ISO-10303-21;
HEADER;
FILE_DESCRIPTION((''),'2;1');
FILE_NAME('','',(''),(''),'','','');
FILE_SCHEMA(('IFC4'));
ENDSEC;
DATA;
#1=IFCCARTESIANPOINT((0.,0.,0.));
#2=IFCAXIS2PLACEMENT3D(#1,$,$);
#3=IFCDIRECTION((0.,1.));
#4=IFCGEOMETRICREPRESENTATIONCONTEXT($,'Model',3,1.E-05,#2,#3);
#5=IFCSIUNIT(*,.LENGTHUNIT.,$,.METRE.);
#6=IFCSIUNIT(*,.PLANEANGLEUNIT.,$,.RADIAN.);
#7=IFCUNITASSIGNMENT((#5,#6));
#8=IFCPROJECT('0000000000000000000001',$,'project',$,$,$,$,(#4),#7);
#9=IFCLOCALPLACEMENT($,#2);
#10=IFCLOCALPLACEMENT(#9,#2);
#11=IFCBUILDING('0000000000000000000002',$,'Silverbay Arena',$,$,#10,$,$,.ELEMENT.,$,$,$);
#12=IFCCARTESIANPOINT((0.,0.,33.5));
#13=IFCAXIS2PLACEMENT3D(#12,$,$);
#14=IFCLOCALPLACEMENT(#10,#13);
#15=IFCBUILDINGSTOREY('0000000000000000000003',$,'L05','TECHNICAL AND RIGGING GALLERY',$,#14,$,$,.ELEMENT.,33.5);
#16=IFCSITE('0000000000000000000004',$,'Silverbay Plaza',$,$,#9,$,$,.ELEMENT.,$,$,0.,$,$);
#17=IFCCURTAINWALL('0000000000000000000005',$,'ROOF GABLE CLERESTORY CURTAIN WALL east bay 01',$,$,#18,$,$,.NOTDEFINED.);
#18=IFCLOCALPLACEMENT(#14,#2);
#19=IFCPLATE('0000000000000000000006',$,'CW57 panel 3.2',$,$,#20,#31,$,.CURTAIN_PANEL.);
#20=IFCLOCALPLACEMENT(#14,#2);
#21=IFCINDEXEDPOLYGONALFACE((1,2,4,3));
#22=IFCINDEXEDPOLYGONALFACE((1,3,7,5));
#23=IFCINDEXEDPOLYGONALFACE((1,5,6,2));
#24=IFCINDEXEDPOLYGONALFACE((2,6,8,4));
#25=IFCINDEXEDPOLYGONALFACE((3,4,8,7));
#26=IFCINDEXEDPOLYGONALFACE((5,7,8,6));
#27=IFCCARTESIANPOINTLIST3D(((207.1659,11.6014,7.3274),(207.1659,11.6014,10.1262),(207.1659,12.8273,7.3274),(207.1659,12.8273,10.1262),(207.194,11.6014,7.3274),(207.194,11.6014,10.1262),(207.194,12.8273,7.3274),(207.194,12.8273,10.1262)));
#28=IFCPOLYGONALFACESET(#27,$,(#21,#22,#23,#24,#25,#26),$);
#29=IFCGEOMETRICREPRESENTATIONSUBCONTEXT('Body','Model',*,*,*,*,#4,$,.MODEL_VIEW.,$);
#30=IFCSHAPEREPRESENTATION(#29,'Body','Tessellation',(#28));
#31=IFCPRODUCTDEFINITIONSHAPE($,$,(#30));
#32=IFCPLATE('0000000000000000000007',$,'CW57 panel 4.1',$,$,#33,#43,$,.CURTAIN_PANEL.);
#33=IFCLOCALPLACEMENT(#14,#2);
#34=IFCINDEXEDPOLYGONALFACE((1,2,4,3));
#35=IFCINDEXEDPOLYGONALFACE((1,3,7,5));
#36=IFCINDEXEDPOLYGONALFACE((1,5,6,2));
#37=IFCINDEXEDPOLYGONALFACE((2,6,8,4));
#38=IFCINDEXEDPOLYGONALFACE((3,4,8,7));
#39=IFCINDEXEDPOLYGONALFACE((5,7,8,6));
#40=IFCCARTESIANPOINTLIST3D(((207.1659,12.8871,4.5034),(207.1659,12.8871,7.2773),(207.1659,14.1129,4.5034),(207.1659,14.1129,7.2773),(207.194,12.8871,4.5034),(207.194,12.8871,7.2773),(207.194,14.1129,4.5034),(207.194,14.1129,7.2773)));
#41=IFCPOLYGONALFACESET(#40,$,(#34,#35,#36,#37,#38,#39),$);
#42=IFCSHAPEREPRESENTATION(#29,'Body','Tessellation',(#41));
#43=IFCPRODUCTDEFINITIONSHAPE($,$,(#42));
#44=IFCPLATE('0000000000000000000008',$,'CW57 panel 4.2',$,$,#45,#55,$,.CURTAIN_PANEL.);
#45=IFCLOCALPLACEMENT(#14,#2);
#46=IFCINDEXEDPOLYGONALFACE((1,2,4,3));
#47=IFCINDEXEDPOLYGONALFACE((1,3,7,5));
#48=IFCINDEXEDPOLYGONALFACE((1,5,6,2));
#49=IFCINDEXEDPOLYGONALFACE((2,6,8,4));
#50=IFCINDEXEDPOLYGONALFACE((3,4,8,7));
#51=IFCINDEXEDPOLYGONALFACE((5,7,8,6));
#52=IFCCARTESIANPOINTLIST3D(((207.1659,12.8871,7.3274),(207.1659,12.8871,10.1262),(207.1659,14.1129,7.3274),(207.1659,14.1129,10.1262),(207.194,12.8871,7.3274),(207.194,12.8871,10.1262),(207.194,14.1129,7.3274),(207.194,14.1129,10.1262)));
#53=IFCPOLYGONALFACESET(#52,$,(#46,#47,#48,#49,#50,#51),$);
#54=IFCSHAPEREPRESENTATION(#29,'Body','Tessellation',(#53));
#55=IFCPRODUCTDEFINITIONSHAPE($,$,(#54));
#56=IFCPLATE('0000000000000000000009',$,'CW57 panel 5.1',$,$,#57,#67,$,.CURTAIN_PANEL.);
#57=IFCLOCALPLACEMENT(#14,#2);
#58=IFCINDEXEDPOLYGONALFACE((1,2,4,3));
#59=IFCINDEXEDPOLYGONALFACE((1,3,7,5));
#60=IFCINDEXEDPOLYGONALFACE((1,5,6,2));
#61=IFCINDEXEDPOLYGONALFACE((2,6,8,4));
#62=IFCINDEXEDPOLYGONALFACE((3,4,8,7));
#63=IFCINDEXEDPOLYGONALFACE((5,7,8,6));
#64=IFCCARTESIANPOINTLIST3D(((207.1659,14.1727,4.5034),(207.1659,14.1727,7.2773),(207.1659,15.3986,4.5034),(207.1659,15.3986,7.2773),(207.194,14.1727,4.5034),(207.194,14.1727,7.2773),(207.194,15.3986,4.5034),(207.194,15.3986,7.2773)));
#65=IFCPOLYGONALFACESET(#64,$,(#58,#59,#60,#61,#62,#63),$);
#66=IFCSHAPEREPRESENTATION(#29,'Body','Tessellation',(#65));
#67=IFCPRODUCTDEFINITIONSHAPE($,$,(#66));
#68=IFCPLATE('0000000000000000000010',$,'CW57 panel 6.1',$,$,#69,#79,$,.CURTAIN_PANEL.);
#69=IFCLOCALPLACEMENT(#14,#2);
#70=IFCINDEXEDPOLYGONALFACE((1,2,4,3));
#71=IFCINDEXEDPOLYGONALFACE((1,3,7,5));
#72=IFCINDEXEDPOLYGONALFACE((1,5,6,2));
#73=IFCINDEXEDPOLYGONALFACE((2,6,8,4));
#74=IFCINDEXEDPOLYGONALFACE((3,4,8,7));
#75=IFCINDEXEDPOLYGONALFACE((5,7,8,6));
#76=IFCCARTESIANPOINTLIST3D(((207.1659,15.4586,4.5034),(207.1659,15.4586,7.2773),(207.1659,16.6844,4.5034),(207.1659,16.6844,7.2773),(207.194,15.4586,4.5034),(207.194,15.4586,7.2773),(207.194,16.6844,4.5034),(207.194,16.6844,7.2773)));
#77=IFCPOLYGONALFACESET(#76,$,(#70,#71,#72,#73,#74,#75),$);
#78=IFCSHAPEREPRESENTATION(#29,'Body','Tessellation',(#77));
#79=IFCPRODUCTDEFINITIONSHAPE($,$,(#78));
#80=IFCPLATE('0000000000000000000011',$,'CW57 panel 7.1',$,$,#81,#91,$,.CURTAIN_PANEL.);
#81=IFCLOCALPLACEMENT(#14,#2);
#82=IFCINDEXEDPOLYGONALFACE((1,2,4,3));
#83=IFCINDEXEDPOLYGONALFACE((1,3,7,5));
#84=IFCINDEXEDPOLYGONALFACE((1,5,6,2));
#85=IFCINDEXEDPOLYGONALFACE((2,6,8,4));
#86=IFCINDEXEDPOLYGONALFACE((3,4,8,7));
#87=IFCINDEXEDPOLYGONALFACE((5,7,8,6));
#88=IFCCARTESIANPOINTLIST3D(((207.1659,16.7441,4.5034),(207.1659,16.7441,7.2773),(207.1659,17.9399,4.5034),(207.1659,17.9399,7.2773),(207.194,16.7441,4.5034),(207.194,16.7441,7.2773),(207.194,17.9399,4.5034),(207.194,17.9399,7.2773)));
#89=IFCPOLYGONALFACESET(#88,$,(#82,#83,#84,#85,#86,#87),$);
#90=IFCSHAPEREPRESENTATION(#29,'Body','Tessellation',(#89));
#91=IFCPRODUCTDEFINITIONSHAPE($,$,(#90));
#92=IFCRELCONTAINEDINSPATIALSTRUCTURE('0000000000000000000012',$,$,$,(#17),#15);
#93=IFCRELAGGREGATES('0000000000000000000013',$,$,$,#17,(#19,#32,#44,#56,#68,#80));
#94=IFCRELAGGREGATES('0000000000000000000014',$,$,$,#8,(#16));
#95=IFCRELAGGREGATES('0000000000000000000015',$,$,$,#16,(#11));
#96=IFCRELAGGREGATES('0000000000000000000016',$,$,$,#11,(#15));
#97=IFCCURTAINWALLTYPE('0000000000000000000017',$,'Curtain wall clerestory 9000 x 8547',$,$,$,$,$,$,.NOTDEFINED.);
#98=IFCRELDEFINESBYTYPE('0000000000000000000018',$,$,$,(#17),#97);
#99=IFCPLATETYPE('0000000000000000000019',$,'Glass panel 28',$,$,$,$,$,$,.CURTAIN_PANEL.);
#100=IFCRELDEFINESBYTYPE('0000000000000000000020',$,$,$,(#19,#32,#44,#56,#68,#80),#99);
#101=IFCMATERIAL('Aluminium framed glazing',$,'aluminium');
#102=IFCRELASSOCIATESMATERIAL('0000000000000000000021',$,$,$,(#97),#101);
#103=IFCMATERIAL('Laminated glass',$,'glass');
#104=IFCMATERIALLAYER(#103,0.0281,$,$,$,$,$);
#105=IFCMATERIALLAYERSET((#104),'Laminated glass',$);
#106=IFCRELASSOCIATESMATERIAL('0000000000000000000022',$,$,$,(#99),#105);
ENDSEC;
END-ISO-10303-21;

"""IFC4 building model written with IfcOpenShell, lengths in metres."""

from ifc_helpers import new_model, si_unit, direction, frame, origin, origin_2d, place, context, subcontext, project, spatial, rectangle, extrude, material, layer, layer_set, type_object, element, aggregate, save


model = new_model("IFC4")

# Units and contexts
model_context = context("Model", 3, precision=1e-05, world=origin(), true_north=direction((0.0, 1.0)))
body_context = subcontext(model_context, "Body", "Model", "MODEL_VIEW")
ifc_project = project(units=[si_unit("LENGTHUNIT", "METRE"), si_unit("PLANEANGLEUNIT", "RADIAN")], contexts=[model_context])

# Site, building, storey
site_placement = place(None, origin())
site = spatial("IfcSite", under=ifc_project, at=site_placement, Name="Silverbay Plaza", CompositionType="ELEMENT", RefElevation=0.0)
building_placement = place(site_placement, origin())
building = spatial("IfcBuilding", under=site, at=building_placement, Name="Silverbay Arena", CompositionType="ELEMENT")
storey_placement = place(building_placement, frame((0.0, 0.0, 33.5)))
storey = spatial("IfcBuildingStorey", under=building, at=storey_placement, Name="L05", Description="TECHNICAL AND RIGGING GALLERY", CompositionType="ELEMENT", Elevation=33.5)

# Curtain wall
ifc_material_1 = material(Name="Aluminium framed glazing", Category="aluminium")
curtain_wall_type = type_object("IfcCurtainWallType", Name="Curtain wall clerestory 9000 x 8547", PredefinedType="NOTDEFINED", material=ifc_material_1)
curtain_wall_placement = place(storey_placement, origin())
curtain_wall = element("IfcCurtainWall", 1, at=curtain_wall_placement, inside=storey, type_object=curtain_wall_type, Name="ROOF GABLE CLERESTORY CURTAIN WALL east bay 01", PredefinedType="NOTDEFINED")

# Plates
ifc_material_2 = material(Name="Laminated glass", Category="glass")
ifc_layer = layer(ifc_material_2, 0.0281)
ifc_layer_set = layer_set([ifc_layer], Name="Laminated glass")
plate_type = type_object("IfcPlateType", Name="Glass panel 28", PredefinedType="CURTAIN_PANEL", material=ifc_layer_set)
plate_1_placement = place(storey_placement, frame((207.1799, 12.2144, 7.3274), z_axis=(0.0, 0.0, 1.0), x_axis=(0.0, 1.0, 0.0)))
plate_1 = element("IfcPlate", 2, at=plate_1_placement, type_object=plate_type, Name="CW57 panel 3.2", PredefinedType="CURTAIN_PANEL", context=body_context, shape_type="SweptSolid", body=[
    extrude(rectangle(XDim=1.2258, YDim=0.0281, at=origin_2d()), origin(), (0.0, 0.0, 1.0), 2.7988),
])
plate_2_placement = place(storey_placement, frame((207.1799, 13.5, 4.5034), z_axis=(0.0, 0.0, 1.0), x_axis=(0.0, 1.0, 0.0)))
plate_2 = element("IfcPlate", 3, at=plate_2_placement, type_object=plate_type, Name="CW57 panel 4.1", PredefinedType="CURTAIN_PANEL", context=body_context, shape_type="SweptSolid", body=[
    extrude(rectangle(XDim=1.2258, YDim=0.0281, at=origin_2d()), origin(), (0.0, 0.0, 1.0), 2.7739),
])
plate_3_placement = place(storey_placement, frame((207.1799, 13.5, 7.3274), z_axis=(0.0, 0.0, 1.0), x_axis=(0.0, 1.0, 0.0)))
plate_3 = element("IfcPlate", 4, at=plate_3_placement, type_object=plate_type, Name="CW57 panel 4.2", PredefinedType="CURTAIN_PANEL", context=body_context, shape_type="SweptSolid", body=[
    extrude(rectangle(XDim=1.2258, YDim=0.0281, at=origin_2d()), origin(), (0.0, 0.0, 1.0), 2.7988),
])
plate_4_placement = place(storey_placement, frame((207.1799, 14.7856, 4.5034), z_axis=(0.0, 0.0, 1.0), x_axis=(0.0, 1.0, 0.0)))
plate_4 = element("IfcPlate", 5, at=plate_4_placement, type_object=plate_type, Name="CW57 panel 5.1", PredefinedType="CURTAIN_PANEL", context=body_context, shape_type="SweptSolid", body=[
    extrude(rectangle(XDim=1.2258, YDim=0.0281, at=origin_2d()), origin(), (0.0, 0.0, 1.0), 2.7739),
])
plate_5_placement = place(storey_placement, frame((207.1799, 16.0715, 4.5034), z_axis=(0.0, 0.0, 1.0), x_axis=(0.0, 1.0, 0.0)))
plate_5 = element("IfcPlate", 6, at=plate_5_placement, type_object=plate_type, Name="CW57 panel 6.1", PredefinedType="CURTAIN_PANEL", context=body_context, shape_type="SweptSolid", body=[
    extrude(rectangle(XDim=1.2258, YDim=0.0281, at=origin_2d()), origin(), (0.0, 0.0, 1.0), 2.7739),
])
plate_6_placement = place(storey_placement, frame((207.1799, 17.342, 4.5034), z_axis=(0.0, 0.0, 1.0), x_axis=(0.0, 1.0, 0.0)))
plate_6 = element("IfcPlate", 7, at=plate_6_placement, type_object=plate_type, Name="CW57 panel 7.1", PredefinedType="CURTAIN_PANEL", context=body_context, shape_type="SweptSolid", body=[
    extrude(rectangle(XDim=1.1958, YDim=0.0281, at=origin_2d()), origin(), (0.0, 0.0, 1.0), 2.7739),
])
aggregate(curtain_wall, [plate_1, plate_2, plate_3, plate_4, plate_5, plate_6])

save(model, "model.ifc")
